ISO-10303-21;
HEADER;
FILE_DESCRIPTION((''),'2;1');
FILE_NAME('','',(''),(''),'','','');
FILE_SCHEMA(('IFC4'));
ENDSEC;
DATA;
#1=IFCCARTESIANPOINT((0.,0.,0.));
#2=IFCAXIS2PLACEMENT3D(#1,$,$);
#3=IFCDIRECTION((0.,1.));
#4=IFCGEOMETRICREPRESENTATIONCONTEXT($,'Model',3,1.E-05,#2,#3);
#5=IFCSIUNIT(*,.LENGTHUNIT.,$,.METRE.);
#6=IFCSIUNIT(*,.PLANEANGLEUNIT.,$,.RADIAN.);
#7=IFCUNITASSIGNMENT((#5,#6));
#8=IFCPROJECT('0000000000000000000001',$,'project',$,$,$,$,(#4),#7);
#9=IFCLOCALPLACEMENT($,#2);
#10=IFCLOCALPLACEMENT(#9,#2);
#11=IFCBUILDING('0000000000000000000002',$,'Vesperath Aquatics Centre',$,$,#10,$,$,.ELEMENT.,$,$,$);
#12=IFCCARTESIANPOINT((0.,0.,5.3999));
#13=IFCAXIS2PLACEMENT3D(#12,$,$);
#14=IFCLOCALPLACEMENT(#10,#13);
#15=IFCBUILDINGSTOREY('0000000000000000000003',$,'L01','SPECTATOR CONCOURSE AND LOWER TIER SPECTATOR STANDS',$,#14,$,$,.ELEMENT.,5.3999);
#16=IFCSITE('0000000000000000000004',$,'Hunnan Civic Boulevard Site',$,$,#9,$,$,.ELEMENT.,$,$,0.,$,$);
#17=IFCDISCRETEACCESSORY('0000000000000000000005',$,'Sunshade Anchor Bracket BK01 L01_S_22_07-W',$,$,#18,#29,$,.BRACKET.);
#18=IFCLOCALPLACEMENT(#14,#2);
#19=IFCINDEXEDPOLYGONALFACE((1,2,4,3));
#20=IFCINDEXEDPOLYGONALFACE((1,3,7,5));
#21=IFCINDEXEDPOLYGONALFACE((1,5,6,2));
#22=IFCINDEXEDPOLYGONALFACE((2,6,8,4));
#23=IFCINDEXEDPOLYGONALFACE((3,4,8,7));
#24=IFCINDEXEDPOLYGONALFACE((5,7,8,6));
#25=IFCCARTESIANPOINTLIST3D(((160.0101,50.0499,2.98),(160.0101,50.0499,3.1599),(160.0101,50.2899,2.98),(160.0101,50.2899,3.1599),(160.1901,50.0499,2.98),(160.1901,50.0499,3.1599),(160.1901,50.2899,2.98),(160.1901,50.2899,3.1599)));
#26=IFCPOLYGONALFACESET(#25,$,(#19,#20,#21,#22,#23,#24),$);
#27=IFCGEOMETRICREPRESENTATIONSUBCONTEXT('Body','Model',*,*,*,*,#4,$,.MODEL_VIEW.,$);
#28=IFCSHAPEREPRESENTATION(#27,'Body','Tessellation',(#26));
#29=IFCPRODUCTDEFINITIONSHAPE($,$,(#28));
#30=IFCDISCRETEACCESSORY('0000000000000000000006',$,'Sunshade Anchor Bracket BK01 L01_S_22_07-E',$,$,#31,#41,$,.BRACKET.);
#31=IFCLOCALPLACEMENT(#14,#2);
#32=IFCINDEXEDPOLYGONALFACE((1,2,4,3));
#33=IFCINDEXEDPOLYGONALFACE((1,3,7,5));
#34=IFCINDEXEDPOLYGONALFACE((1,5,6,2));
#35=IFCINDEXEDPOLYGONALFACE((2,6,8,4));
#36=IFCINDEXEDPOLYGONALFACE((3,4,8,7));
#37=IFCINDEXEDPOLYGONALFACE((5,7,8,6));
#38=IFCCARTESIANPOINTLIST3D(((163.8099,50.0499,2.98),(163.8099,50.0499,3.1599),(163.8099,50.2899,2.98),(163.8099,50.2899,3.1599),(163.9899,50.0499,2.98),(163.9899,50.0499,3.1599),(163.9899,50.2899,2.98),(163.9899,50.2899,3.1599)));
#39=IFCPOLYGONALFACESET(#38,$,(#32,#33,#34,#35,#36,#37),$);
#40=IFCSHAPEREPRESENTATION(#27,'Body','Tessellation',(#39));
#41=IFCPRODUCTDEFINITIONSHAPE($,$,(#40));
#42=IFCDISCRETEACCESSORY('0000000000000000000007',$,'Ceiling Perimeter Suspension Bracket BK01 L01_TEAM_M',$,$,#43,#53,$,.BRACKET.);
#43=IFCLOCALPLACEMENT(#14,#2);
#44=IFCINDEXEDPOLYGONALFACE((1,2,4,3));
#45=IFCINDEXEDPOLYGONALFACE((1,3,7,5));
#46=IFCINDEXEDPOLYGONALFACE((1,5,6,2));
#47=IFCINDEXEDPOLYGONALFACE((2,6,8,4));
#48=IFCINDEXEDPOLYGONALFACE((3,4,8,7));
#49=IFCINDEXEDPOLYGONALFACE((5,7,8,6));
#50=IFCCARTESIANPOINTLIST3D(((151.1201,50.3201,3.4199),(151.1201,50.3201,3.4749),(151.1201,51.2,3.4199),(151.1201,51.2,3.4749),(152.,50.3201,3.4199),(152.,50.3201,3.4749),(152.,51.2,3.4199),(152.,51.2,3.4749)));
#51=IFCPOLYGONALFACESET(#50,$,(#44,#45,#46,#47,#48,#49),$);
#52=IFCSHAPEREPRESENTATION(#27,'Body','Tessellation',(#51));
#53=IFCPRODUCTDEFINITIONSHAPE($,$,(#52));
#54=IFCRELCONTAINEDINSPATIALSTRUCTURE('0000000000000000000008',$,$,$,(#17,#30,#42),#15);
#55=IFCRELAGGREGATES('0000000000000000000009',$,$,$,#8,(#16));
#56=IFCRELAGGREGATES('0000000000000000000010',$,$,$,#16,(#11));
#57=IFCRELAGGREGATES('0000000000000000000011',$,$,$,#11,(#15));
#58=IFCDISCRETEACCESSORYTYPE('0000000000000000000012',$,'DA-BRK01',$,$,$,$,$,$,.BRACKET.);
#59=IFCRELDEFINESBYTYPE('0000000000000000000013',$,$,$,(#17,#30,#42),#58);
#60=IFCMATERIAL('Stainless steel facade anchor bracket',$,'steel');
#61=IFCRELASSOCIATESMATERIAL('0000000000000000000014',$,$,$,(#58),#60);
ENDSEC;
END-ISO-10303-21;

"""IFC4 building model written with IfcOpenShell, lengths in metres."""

from ifc_helpers import new_model, si_unit, direction, frame, origin, origin_2d, place, context, subcontext, project, spatial, rectangle, extrude, material, type_object, element, save


model = new_model("IFC4")

# Units and contexts
model_context = context("Model", 3, precision=1e-05, world=origin(), true_north=direction((0.0, 1.0)))
body_context = subcontext(model_context, "Body", "Model", "MODEL_VIEW")
ifc_project = project(units=[si_unit("LENGTHUNIT", "METRE"), si_unit("PLANEANGLEUNIT", "RADIAN")], contexts=[model_context])

# Site, building, storey
site_placement = place(None, origin())
site = spatial("IfcSite", under=ifc_project, at=site_placement, Name="Hunnan Civic Boulevard Site", CompositionType="ELEMENT", RefElevation=0.0)
building_placement = place(site_placement, origin())
building = spatial("IfcBuilding", under=site, at=building_placement, Name="Vesperath Aquatics Centre", CompositionType="ELEMENT")
storey_placement = place(building_placement, frame((0.0, 0.0, 5.3999)))
storey = spatial("IfcBuildingStorey", under=building, at=storey_placement, Name="L01", Description="SPECTATOR CONCOURSE AND LOWER TIER SPECTATOR STANDS", CompositionType="ELEMENT", Elevation=5.3999)

# Discrete accessories
ifc_material_1 = material(Name="Stainless steel facade anchor bracket", Category="steel")
discrete_accessory_type = type_object("IfcDiscreteAccessoryType", Name="DA-BRK01", PredefinedType="BRACKET", material=ifc_material_1)
for number, where, z_axis, x_axis, name in (
    (1, (160.1001, 50.1699, 2.98), (0.0, 0.0, 1.0), (1.0, 0.0, 0.0), "Sunshade Anchor Bracket BK01 L01_S_22_07-W"),
    (2, (163.8999, 50.1699, 2.98), (0.0, 0.0, 1.0), (1.0, 0.0, 0.0), "Sunshade Anchor Bracket BK01 L01_S_22_07-E"),
):
    element("IfcDiscreteAccessory", number, at=place(storey_placement, frame(where, z_axis=z_axis, x_axis=x_axis)), inside=storey, type_object=discrete_accessory_type, Name=name, PredefinedType="BRACKET", context=body_context, shape_type="SweptSolid", body=[
        extrude(rectangle(XDim=0.1799, YDim=0.24, at=origin_2d()), origin(), (0.0, 0.0, 1.0), 0.1799),
    ])
discrete_accessory_placement = place(storey_placement, frame((151.5601, 50.76, 3.4199), z_axis=(0.0, 0.0, 1.0), x_axis=(1.0, 0.0, 0.0)))
element("IfcDiscreteAccessory", 3, at=discrete_accessory_placement, inside=storey, type_object=discrete_accessory_type, Name="Ceiling Perimeter Suspension Bracket BK01 L01_TEAM_M", PredefinedType="BRACKET", context=body_context, shape_type="SweptSolid", body=[
    extrude(rectangle(XDim=0.8799, YDim=0.8799, at=origin_2d()), origin(), (0.0, 0.0, 1.0), 0.0549),
])

save(model, "model.ifc")
